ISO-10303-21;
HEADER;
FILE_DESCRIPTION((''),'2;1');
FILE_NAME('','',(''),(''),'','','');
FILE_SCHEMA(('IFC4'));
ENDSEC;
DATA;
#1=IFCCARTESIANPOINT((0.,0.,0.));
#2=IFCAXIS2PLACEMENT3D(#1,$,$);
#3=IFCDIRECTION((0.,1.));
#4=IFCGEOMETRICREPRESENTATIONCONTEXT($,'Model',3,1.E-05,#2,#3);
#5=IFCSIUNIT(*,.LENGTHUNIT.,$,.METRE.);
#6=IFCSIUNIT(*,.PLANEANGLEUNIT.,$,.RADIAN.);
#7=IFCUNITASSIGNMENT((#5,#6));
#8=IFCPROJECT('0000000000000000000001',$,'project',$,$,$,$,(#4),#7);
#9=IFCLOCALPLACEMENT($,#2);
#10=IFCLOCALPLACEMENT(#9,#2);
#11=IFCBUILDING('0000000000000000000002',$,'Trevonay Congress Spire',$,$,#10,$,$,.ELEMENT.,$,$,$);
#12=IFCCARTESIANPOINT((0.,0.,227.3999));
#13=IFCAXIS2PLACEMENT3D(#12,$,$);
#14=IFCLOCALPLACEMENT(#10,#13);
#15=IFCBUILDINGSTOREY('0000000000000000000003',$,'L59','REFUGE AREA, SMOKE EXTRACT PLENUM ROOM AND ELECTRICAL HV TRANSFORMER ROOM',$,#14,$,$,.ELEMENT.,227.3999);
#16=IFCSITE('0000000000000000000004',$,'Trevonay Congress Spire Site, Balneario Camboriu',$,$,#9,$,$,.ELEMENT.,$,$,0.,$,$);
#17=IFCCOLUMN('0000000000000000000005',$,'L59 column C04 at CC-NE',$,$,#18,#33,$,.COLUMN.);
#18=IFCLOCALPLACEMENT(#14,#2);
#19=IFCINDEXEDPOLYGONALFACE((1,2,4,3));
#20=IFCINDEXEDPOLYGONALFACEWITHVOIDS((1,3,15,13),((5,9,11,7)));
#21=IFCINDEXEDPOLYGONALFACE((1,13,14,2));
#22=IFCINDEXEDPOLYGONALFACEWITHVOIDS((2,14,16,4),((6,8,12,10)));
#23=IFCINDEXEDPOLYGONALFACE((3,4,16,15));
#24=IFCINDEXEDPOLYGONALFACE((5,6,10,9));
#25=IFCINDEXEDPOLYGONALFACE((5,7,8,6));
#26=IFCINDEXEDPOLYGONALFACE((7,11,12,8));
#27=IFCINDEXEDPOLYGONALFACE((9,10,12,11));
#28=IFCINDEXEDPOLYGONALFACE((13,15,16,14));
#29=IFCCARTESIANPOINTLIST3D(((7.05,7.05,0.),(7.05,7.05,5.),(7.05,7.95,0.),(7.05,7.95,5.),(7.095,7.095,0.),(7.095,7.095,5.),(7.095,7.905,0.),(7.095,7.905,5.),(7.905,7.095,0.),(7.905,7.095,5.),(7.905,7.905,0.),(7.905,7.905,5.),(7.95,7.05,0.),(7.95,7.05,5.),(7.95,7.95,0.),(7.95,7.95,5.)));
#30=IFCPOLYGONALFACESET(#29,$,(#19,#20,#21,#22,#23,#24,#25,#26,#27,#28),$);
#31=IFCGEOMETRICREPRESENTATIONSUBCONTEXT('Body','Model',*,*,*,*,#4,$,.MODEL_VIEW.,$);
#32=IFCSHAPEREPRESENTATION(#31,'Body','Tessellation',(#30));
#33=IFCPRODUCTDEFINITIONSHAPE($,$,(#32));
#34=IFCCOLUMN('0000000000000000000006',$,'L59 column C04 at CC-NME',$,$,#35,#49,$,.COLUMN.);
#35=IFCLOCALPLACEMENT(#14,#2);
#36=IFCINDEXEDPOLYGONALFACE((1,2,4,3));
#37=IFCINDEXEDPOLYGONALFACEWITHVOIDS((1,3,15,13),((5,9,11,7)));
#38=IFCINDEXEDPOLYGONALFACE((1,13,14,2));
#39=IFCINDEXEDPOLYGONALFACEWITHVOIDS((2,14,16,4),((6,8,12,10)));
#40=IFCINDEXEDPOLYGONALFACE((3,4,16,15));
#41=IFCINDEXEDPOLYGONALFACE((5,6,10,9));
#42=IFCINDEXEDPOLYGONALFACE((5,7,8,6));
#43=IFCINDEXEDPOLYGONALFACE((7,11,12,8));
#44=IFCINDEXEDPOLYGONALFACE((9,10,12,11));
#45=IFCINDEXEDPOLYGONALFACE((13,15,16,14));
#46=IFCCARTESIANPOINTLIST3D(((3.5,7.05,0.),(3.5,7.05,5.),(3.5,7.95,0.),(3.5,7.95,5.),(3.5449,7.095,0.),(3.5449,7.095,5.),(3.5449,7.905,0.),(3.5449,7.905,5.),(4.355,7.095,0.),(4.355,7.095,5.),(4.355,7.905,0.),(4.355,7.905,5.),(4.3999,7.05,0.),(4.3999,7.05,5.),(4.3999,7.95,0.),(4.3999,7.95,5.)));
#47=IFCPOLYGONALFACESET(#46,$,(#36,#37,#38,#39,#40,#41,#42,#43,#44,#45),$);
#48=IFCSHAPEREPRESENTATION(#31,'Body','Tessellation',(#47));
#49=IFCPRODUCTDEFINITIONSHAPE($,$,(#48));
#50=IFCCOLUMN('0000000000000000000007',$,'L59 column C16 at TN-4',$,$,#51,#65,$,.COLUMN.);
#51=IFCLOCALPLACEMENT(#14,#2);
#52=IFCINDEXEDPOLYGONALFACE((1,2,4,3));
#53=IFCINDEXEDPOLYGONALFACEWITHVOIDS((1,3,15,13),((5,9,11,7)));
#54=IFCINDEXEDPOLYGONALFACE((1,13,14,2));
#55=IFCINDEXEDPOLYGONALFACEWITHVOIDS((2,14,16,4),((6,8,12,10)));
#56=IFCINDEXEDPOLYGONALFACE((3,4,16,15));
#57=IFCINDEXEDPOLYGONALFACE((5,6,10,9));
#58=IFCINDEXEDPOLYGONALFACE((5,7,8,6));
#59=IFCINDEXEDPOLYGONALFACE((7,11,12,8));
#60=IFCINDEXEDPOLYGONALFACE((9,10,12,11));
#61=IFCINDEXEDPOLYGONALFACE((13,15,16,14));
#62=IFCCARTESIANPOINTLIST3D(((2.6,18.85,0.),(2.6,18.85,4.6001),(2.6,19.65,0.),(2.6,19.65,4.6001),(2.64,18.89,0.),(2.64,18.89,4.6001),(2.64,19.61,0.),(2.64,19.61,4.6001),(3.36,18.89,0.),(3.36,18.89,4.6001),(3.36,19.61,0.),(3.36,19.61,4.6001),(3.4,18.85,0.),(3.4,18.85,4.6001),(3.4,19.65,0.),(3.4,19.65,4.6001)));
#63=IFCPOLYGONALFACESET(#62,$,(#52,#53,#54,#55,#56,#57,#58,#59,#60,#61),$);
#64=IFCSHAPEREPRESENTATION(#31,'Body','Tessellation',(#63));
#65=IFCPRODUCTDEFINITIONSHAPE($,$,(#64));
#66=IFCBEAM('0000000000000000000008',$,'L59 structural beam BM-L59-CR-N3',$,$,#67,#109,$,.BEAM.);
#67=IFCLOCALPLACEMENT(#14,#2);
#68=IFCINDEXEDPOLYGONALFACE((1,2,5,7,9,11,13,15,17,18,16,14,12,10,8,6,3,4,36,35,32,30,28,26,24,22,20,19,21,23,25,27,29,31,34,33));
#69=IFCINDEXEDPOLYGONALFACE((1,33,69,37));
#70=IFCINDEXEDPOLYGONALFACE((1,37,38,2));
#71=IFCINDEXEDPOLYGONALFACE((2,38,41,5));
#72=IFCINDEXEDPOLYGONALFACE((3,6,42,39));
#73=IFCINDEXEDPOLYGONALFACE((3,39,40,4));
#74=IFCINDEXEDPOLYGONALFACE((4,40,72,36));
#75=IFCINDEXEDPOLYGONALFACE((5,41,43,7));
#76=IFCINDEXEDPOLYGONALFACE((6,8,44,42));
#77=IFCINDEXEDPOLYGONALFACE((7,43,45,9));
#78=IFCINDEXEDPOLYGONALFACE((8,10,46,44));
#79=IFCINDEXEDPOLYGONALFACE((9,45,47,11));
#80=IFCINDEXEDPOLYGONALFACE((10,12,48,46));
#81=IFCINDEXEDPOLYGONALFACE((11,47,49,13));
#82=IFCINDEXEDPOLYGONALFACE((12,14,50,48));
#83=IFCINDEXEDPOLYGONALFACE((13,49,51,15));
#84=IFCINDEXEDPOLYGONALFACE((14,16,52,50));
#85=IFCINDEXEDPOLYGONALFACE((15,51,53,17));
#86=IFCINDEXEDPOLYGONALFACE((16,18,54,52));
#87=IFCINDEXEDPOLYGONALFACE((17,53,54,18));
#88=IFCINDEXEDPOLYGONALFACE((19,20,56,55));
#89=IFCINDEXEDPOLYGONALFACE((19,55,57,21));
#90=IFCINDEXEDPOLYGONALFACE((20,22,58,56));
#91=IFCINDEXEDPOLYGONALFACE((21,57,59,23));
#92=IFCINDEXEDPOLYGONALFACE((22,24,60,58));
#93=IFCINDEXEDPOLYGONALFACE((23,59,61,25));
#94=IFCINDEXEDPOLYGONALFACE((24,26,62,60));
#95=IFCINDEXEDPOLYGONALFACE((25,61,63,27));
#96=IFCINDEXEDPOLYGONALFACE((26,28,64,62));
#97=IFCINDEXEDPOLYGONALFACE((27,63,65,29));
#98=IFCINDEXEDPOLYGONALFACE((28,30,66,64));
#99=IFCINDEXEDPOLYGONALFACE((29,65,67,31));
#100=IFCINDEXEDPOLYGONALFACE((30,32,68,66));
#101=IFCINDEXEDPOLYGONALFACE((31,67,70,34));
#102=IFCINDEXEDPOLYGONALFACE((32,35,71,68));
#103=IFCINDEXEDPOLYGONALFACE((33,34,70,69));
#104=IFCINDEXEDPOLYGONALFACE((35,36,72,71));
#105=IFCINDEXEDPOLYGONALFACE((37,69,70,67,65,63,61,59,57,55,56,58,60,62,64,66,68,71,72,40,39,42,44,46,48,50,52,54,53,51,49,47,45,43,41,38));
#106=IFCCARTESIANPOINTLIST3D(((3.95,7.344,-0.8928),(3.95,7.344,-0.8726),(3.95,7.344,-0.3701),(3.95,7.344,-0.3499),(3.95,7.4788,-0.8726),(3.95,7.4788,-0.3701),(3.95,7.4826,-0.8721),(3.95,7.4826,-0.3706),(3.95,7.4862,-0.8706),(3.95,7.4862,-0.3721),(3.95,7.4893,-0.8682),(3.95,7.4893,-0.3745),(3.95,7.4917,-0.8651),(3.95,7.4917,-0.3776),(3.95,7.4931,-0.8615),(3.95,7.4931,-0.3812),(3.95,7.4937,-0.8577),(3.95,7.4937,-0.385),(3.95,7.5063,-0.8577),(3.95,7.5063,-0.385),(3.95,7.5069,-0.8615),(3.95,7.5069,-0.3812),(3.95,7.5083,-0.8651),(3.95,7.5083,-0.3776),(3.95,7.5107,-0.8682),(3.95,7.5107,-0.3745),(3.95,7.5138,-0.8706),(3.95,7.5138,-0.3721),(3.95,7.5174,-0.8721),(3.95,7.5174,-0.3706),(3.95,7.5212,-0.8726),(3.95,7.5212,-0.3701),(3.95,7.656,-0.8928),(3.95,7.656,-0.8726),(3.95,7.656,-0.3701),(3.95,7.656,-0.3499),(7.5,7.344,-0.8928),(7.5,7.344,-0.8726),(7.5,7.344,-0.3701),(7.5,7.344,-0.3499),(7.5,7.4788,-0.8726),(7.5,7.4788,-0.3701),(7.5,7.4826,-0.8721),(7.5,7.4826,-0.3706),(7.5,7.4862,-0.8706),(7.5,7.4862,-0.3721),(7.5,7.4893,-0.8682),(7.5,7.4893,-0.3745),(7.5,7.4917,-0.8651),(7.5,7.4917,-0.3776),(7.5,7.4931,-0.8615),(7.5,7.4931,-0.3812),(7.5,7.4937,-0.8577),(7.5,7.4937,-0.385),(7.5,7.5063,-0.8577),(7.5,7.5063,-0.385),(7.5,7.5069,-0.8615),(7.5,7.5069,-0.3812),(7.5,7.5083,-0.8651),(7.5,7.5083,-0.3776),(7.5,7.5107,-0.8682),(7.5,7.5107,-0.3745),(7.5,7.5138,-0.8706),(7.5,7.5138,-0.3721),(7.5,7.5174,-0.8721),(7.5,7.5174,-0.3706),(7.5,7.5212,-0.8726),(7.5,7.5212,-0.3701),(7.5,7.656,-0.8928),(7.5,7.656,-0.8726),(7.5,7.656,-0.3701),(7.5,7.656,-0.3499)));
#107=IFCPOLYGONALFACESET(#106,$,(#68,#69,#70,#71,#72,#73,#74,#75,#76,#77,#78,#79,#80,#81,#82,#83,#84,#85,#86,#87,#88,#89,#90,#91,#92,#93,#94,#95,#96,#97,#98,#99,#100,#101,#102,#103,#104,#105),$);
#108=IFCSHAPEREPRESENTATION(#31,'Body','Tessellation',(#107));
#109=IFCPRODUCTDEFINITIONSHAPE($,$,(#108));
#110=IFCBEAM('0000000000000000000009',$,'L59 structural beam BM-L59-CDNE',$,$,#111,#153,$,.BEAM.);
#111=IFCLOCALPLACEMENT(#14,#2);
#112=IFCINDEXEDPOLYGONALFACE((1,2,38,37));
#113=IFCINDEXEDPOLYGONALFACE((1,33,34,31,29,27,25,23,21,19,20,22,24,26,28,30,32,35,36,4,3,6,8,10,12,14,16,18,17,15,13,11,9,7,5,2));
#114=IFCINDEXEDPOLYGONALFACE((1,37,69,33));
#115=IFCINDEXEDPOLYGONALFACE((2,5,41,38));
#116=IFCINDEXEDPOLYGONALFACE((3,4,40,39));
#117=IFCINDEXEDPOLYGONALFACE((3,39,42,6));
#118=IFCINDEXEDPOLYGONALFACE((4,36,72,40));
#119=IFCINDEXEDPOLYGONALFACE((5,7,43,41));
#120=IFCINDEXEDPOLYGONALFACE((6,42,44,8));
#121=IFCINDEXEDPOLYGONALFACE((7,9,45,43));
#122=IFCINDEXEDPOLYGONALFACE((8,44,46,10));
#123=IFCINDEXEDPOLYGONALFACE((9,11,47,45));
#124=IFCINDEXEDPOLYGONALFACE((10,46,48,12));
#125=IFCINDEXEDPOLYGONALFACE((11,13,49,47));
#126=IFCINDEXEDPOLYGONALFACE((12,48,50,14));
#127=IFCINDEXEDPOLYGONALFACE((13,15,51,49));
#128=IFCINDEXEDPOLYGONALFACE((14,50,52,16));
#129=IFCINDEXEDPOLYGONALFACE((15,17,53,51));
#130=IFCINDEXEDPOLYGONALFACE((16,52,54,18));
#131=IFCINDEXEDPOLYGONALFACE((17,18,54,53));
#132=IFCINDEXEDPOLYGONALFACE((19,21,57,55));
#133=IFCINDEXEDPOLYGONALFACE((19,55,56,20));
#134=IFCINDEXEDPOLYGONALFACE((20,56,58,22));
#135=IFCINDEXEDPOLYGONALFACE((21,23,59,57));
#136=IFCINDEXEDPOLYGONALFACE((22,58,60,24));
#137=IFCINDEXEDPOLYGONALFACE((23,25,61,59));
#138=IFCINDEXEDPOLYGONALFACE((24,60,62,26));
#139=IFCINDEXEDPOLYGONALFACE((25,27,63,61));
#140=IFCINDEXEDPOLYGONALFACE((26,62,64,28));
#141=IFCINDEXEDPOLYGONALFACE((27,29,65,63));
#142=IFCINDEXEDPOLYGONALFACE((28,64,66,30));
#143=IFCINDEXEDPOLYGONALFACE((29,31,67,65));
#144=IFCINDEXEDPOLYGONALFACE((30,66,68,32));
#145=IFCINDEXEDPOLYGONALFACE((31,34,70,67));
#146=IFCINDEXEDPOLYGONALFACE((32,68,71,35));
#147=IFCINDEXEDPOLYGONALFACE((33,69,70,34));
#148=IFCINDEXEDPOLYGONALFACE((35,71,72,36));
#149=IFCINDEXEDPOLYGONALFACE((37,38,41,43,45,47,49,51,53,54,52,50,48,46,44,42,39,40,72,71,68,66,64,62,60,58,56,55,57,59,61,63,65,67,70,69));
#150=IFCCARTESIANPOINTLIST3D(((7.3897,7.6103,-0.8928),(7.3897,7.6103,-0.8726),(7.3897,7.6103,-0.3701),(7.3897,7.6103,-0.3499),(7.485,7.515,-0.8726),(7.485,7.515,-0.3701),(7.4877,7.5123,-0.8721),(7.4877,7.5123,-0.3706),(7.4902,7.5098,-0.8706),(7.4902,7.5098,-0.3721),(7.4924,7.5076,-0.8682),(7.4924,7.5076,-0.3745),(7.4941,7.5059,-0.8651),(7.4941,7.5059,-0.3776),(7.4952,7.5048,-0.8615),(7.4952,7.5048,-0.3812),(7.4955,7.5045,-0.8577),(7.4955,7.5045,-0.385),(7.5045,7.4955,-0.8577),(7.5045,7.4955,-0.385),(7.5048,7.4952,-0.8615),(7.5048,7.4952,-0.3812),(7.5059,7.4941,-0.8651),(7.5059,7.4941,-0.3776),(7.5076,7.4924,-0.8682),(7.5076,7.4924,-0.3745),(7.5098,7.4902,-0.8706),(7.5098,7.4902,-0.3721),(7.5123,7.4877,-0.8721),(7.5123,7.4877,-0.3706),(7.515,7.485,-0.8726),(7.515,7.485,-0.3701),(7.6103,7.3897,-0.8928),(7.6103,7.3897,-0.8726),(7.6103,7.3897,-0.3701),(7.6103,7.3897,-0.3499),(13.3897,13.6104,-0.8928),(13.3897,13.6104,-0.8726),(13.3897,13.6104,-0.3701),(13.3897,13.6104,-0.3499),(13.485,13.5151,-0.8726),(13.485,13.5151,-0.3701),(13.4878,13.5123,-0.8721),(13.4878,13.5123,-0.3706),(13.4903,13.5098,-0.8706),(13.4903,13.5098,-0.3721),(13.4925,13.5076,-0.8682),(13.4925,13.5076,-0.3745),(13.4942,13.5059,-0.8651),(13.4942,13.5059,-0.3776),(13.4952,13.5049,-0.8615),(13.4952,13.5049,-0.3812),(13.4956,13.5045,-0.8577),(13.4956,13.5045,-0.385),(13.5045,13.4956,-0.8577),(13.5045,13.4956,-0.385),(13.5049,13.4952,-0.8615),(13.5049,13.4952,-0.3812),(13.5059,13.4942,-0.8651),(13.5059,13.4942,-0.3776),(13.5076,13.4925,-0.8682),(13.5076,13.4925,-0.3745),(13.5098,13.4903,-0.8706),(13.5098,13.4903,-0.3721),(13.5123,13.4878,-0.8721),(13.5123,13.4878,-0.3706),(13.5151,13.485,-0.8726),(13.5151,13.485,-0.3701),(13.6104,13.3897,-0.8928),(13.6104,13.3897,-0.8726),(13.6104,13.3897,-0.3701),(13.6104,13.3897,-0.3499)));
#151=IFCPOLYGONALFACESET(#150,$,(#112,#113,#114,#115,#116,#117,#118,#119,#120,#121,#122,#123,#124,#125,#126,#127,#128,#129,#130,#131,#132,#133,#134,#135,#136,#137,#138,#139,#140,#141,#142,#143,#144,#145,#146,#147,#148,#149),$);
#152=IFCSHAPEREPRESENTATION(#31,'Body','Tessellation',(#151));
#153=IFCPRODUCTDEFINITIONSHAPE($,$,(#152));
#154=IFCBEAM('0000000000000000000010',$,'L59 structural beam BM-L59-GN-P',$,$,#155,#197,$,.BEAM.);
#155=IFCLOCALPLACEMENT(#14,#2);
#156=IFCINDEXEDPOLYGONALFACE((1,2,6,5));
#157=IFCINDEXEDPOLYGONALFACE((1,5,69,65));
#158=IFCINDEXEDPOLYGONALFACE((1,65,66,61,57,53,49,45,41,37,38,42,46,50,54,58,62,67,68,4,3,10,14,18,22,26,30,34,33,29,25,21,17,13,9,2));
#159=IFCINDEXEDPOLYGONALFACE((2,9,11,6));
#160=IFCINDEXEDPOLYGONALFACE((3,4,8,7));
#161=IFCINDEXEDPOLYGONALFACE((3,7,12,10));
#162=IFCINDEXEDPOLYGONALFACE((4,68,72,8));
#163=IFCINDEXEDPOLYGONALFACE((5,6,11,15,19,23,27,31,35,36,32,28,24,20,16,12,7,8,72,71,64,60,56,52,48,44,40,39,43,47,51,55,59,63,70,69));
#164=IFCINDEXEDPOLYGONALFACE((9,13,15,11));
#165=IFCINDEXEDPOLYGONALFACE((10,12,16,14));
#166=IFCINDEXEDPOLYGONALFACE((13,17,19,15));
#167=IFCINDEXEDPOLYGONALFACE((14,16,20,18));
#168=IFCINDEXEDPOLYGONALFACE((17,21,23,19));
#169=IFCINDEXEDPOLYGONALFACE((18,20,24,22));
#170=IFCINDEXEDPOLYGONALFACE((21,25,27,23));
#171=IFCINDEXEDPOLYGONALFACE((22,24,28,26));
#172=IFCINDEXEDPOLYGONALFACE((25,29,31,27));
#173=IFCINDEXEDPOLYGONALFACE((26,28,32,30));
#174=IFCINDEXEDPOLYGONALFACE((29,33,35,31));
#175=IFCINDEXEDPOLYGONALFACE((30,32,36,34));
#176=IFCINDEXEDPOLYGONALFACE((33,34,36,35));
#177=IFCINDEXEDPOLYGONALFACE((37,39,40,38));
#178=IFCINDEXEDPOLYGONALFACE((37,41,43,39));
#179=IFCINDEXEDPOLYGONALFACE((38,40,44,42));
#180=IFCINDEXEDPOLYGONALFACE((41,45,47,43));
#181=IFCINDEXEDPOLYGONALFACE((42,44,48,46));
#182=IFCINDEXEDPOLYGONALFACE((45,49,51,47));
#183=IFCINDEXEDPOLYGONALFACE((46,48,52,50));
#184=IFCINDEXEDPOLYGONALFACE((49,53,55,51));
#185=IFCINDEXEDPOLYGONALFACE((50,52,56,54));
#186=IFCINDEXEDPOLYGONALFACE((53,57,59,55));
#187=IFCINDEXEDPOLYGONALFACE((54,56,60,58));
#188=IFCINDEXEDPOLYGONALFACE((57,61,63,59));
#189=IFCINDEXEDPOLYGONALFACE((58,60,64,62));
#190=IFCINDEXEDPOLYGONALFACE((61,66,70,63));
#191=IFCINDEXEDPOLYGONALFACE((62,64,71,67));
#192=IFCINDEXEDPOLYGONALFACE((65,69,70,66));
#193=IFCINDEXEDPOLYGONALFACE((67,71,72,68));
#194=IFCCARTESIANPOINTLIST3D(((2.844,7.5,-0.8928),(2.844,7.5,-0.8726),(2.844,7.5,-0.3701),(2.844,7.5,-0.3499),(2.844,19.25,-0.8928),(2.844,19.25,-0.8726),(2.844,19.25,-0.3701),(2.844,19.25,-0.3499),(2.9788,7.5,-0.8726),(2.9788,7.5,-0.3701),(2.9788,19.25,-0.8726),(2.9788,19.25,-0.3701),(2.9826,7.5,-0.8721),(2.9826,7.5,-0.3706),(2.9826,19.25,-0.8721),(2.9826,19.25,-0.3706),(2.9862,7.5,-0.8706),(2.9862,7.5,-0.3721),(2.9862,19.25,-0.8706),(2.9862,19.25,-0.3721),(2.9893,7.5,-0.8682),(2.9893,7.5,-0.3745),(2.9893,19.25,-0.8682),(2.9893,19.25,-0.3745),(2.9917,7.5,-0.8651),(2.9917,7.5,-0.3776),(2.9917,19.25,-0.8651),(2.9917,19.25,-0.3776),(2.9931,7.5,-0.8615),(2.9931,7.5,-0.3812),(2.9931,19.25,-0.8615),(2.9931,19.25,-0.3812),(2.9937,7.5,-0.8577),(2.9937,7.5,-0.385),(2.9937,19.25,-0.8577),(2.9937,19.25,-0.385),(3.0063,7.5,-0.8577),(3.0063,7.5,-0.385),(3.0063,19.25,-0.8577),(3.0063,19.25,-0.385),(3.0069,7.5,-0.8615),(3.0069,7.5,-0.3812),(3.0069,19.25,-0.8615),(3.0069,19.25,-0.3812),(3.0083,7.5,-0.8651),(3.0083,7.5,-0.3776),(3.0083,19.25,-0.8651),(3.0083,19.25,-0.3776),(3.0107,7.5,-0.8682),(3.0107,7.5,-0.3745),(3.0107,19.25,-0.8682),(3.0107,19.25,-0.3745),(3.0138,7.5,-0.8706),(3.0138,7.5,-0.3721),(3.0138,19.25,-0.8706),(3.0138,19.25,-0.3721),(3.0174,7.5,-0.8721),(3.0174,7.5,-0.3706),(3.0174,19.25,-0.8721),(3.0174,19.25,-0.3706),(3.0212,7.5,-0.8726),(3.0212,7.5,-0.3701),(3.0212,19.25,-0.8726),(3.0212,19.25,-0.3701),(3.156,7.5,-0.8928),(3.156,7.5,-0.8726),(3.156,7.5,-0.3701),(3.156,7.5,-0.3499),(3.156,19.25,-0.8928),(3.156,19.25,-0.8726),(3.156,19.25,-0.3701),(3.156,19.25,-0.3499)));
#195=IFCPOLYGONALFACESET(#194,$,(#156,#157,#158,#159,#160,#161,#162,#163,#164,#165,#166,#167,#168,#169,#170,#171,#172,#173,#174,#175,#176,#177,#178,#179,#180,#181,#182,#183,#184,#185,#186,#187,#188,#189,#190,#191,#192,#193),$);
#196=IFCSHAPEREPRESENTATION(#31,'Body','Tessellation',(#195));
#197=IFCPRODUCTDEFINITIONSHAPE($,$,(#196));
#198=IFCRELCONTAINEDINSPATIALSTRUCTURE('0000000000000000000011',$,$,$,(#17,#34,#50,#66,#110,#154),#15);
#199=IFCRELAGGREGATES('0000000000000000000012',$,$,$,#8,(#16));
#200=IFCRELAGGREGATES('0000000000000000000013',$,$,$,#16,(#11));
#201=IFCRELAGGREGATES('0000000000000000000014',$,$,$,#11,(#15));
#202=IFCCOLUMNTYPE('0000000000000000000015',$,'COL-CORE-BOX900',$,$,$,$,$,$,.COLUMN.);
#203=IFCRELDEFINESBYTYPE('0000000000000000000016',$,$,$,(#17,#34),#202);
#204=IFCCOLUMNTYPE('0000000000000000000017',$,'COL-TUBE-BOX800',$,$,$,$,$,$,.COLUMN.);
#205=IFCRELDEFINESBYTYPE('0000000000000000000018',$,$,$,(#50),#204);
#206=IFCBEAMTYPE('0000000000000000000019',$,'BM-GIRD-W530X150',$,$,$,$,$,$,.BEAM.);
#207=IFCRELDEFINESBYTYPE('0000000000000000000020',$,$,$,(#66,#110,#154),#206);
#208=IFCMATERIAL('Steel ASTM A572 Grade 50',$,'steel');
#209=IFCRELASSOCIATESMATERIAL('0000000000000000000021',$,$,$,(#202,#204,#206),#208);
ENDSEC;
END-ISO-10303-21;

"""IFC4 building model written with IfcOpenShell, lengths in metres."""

from ifc_helpers import new_model, si_unit, direction, frame, origin, origin_2d, place, context, subcontext, project, spatial, hollow_rectangle, i_section, extrude, material, material_profile, profile_set, type_object, element, save


model = new_model("IFC4")

# Units and contexts
model_context = context("Model", 3, precision=1e-05, world=origin(), true_north=direction((0.0, 1.0)))
body_context = subcontext(model_context, "Body", "Model", "MODEL_VIEW")
ifc_project = project(units=[si_unit("LENGTHUNIT", "METRE"), si_unit("PLANEANGLEUNIT", "RADIAN")], contexts=[model_context])

# Site, building, storey
site_placement = place(None, origin())
site = spatial("IfcSite", under=ifc_project, at=site_placement, Name="Trevonay Congress Spire Site, Balneario Camboriu", CompositionType="ELEMENT", RefElevation=0.0)
building_placement = place(site_placement, origin())
building = spatial("IfcBuilding", under=site, at=building_placement, Name="Trevonay Congress Spire", CompositionType="ELEMENT")
storey_placement = place(building_placement, frame((0.0, 0.0, 227.3999)))
storey = spatial("IfcBuildingStorey", under=building, at=storey_placement, Name="L59", Description="REFUGE AREA, SMOKE EXTRACT PLENUM ROOM AND ELECTRICAL HV TRANSFORMER ROOM", CompositionType="ELEMENT", Elevation=227.3999)

# Columns
ifc_material_1 = material(Name="Steel ASTM A572 Grade 50", Category="steel")
ifc_material_profile_1 = material_profile(ifc_material_1, hollow_rectangle(XDim=0.8999, YDim=0.8999, WallThickness=0.0449, at=origin_2d()), Name="BOX 900x900x45")
ifc_profile_set_1 = profile_set([ifc_material_profile_1], Name="Steel ASTM A572 Grade 50")
column_type_1 = type_object("IfcColumnType", Name="COL-CORE-BOX900", PredefinedType="COLUMN", material=ifc_profile_set_1)
for number, where, z_axis, x_axis, name in (
    (1, (7.5, 7.5, 0.0), (0.0, 0.0, 1.0), (1.0, 0.0, 0.0), "L59 column C04 at CC-NE"),
    (2, (3.95, 7.5, 0.0), (0.0, 0.0, 1.0), (1.0, 0.0, 0.0), "L59 column C04 at CC-NME"),
):
    element("IfcColumn", number, at=place(storey_placement, frame(where, z_axis=z_axis, x_axis=x_axis)), inside=storey, type_object=column_type_1, Name=name, PredefinedType="COLUMN", context=body_context, shape_type="SweptSolid", body=[
        extrude(hollow_rectangle(XDim=0.8999, YDim=0.8999, WallThickness=0.0449, at=origin_2d()), origin(), (0.0, 0.0, 1.0), 5.0),
    ])
ifc_material_profile_2 = material_profile(ifc_material_1, hollow_rectangle(XDim=0.8, YDim=0.8, WallThickness=0.04, at=origin_2d()), Name="BOX 800x800x40")
ifc_profile_set_2 = profile_set([ifc_material_profile_2], Name="Steel ASTM A572 Grade 50")
column_type_2 = type_object("IfcColumnType", Name="COL-TUBE-BOX800", PredefinedType="COLUMN", material=ifc_profile_set_2)
column_placement = place(storey_placement, frame((3.0, 19.25, 0.0), z_axis=(0.0, 0.0, 1.0), x_axis=(1.0, 0.0, 0.0)))
element("IfcColumn", 3, at=column_placement, inside=storey, type_object=column_type_2, Name="L59 column C16 at TN-4", PredefinedType="COLUMN", context=body_context, shape_type="SweptSolid", body=[
    extrude(hollow_rectangle(XDim=0.8, YDim=0.8, WallThickness=0.04, at=origin_2d()), origin(), (0.0, 0.0, 1.0), 4.6001),
])

# Beams
ifc_material_profile_3 = material_profile(ifc_material_1, i_section(OverallWidth=0.312, OverallDepth=0.543, WebThickness=0.0127, FlangeThickness=0.0203, FilletRadius=0.0149, at=origin_2d()), Name="W530x150")
ifc_profile_set_3 = profile_set([ifc_material_profile_3], Name="Steel ASTM A572 Grade 50")
beam_type_1 = type_object("IfcBeamType", Name="BM-GIRD-W530X150", PredefinedType="BEAM", material=ifc_profile_set_3)
beam_1_placement = place(storey_placement, frame((3.95, 7.5, -0.6213), z_axis=(1.0, 0.0, 0.0), x_axis=(0.0, 1.0, 0.0)))
element("IfcBeam", 4, at=beam_1_placement, inside=storey, type_object=beam_type_1, Name="L59 structural beam BM-L59-CR-N3", PredefinedType="BEAM", context=body_context, shape_type="SweptSolid", body=[
    extrude(i_section(OverallWidth=0.312, OverallDepth=0.543, WebThickness=0.0127, FlangeThickness=0.0203, FilletRadius=0.0149, at=origin_2d()), origin(), (0.0, 0.0, 1.0), 3.55),
])
beam_2_placement = place(storey_placement, frame((7.5, 7.5, -0.6213), z_axis=(0.707107, 0.707107, 0.0), x_axis=(-0.707107, 0.707107, 0.0)))
element("IfcBeam", 5, at=beam_2_placement, inside=storey, type_object=beam_type_1, Name="L59 structural beam BM-L59-CDNE", PredefinedType="BEAM", context=body_context, shape_type="SweptSolid", body=[
    extrude(i_section(OverallWidth=0.312, OverallDepth=0.543, WebThickness=0.0127, FlangeThickness=0.0203, FilletRadius=0.0149, at=origin_2d()), origin(), (0.0, 0.0, 1.0), 8.4854),
])
for number, where, z_axis, x_axis, name in (
    (6, (3.0, 7.5, -0.6213), (0.0, 1.0, 0.0), (-1.0, 0.0, 0.0), "L59 structural beam BM-L59-GN-P"),
):
    element("IfcBeam", number, at=place(storey_placement, frame(where, z_axis=z_axis, x_axis=x_axis)), inside=storey, type_object=beam_type_1, Name=name, PredefinedType="BEAM", context=body_context, shape_type="SweptSolid", body=[
        extrude(i_section(OverallWidth=0.312, OverallDepth=0.543, WebThickness=0.0127, FlangeThickness=0.0203, FilletRadius=0.0149, at=origin_2d()), origin(), (0.0, 0.0, 1.0), 11.75),
    ])

save(model, "model.ifc")
